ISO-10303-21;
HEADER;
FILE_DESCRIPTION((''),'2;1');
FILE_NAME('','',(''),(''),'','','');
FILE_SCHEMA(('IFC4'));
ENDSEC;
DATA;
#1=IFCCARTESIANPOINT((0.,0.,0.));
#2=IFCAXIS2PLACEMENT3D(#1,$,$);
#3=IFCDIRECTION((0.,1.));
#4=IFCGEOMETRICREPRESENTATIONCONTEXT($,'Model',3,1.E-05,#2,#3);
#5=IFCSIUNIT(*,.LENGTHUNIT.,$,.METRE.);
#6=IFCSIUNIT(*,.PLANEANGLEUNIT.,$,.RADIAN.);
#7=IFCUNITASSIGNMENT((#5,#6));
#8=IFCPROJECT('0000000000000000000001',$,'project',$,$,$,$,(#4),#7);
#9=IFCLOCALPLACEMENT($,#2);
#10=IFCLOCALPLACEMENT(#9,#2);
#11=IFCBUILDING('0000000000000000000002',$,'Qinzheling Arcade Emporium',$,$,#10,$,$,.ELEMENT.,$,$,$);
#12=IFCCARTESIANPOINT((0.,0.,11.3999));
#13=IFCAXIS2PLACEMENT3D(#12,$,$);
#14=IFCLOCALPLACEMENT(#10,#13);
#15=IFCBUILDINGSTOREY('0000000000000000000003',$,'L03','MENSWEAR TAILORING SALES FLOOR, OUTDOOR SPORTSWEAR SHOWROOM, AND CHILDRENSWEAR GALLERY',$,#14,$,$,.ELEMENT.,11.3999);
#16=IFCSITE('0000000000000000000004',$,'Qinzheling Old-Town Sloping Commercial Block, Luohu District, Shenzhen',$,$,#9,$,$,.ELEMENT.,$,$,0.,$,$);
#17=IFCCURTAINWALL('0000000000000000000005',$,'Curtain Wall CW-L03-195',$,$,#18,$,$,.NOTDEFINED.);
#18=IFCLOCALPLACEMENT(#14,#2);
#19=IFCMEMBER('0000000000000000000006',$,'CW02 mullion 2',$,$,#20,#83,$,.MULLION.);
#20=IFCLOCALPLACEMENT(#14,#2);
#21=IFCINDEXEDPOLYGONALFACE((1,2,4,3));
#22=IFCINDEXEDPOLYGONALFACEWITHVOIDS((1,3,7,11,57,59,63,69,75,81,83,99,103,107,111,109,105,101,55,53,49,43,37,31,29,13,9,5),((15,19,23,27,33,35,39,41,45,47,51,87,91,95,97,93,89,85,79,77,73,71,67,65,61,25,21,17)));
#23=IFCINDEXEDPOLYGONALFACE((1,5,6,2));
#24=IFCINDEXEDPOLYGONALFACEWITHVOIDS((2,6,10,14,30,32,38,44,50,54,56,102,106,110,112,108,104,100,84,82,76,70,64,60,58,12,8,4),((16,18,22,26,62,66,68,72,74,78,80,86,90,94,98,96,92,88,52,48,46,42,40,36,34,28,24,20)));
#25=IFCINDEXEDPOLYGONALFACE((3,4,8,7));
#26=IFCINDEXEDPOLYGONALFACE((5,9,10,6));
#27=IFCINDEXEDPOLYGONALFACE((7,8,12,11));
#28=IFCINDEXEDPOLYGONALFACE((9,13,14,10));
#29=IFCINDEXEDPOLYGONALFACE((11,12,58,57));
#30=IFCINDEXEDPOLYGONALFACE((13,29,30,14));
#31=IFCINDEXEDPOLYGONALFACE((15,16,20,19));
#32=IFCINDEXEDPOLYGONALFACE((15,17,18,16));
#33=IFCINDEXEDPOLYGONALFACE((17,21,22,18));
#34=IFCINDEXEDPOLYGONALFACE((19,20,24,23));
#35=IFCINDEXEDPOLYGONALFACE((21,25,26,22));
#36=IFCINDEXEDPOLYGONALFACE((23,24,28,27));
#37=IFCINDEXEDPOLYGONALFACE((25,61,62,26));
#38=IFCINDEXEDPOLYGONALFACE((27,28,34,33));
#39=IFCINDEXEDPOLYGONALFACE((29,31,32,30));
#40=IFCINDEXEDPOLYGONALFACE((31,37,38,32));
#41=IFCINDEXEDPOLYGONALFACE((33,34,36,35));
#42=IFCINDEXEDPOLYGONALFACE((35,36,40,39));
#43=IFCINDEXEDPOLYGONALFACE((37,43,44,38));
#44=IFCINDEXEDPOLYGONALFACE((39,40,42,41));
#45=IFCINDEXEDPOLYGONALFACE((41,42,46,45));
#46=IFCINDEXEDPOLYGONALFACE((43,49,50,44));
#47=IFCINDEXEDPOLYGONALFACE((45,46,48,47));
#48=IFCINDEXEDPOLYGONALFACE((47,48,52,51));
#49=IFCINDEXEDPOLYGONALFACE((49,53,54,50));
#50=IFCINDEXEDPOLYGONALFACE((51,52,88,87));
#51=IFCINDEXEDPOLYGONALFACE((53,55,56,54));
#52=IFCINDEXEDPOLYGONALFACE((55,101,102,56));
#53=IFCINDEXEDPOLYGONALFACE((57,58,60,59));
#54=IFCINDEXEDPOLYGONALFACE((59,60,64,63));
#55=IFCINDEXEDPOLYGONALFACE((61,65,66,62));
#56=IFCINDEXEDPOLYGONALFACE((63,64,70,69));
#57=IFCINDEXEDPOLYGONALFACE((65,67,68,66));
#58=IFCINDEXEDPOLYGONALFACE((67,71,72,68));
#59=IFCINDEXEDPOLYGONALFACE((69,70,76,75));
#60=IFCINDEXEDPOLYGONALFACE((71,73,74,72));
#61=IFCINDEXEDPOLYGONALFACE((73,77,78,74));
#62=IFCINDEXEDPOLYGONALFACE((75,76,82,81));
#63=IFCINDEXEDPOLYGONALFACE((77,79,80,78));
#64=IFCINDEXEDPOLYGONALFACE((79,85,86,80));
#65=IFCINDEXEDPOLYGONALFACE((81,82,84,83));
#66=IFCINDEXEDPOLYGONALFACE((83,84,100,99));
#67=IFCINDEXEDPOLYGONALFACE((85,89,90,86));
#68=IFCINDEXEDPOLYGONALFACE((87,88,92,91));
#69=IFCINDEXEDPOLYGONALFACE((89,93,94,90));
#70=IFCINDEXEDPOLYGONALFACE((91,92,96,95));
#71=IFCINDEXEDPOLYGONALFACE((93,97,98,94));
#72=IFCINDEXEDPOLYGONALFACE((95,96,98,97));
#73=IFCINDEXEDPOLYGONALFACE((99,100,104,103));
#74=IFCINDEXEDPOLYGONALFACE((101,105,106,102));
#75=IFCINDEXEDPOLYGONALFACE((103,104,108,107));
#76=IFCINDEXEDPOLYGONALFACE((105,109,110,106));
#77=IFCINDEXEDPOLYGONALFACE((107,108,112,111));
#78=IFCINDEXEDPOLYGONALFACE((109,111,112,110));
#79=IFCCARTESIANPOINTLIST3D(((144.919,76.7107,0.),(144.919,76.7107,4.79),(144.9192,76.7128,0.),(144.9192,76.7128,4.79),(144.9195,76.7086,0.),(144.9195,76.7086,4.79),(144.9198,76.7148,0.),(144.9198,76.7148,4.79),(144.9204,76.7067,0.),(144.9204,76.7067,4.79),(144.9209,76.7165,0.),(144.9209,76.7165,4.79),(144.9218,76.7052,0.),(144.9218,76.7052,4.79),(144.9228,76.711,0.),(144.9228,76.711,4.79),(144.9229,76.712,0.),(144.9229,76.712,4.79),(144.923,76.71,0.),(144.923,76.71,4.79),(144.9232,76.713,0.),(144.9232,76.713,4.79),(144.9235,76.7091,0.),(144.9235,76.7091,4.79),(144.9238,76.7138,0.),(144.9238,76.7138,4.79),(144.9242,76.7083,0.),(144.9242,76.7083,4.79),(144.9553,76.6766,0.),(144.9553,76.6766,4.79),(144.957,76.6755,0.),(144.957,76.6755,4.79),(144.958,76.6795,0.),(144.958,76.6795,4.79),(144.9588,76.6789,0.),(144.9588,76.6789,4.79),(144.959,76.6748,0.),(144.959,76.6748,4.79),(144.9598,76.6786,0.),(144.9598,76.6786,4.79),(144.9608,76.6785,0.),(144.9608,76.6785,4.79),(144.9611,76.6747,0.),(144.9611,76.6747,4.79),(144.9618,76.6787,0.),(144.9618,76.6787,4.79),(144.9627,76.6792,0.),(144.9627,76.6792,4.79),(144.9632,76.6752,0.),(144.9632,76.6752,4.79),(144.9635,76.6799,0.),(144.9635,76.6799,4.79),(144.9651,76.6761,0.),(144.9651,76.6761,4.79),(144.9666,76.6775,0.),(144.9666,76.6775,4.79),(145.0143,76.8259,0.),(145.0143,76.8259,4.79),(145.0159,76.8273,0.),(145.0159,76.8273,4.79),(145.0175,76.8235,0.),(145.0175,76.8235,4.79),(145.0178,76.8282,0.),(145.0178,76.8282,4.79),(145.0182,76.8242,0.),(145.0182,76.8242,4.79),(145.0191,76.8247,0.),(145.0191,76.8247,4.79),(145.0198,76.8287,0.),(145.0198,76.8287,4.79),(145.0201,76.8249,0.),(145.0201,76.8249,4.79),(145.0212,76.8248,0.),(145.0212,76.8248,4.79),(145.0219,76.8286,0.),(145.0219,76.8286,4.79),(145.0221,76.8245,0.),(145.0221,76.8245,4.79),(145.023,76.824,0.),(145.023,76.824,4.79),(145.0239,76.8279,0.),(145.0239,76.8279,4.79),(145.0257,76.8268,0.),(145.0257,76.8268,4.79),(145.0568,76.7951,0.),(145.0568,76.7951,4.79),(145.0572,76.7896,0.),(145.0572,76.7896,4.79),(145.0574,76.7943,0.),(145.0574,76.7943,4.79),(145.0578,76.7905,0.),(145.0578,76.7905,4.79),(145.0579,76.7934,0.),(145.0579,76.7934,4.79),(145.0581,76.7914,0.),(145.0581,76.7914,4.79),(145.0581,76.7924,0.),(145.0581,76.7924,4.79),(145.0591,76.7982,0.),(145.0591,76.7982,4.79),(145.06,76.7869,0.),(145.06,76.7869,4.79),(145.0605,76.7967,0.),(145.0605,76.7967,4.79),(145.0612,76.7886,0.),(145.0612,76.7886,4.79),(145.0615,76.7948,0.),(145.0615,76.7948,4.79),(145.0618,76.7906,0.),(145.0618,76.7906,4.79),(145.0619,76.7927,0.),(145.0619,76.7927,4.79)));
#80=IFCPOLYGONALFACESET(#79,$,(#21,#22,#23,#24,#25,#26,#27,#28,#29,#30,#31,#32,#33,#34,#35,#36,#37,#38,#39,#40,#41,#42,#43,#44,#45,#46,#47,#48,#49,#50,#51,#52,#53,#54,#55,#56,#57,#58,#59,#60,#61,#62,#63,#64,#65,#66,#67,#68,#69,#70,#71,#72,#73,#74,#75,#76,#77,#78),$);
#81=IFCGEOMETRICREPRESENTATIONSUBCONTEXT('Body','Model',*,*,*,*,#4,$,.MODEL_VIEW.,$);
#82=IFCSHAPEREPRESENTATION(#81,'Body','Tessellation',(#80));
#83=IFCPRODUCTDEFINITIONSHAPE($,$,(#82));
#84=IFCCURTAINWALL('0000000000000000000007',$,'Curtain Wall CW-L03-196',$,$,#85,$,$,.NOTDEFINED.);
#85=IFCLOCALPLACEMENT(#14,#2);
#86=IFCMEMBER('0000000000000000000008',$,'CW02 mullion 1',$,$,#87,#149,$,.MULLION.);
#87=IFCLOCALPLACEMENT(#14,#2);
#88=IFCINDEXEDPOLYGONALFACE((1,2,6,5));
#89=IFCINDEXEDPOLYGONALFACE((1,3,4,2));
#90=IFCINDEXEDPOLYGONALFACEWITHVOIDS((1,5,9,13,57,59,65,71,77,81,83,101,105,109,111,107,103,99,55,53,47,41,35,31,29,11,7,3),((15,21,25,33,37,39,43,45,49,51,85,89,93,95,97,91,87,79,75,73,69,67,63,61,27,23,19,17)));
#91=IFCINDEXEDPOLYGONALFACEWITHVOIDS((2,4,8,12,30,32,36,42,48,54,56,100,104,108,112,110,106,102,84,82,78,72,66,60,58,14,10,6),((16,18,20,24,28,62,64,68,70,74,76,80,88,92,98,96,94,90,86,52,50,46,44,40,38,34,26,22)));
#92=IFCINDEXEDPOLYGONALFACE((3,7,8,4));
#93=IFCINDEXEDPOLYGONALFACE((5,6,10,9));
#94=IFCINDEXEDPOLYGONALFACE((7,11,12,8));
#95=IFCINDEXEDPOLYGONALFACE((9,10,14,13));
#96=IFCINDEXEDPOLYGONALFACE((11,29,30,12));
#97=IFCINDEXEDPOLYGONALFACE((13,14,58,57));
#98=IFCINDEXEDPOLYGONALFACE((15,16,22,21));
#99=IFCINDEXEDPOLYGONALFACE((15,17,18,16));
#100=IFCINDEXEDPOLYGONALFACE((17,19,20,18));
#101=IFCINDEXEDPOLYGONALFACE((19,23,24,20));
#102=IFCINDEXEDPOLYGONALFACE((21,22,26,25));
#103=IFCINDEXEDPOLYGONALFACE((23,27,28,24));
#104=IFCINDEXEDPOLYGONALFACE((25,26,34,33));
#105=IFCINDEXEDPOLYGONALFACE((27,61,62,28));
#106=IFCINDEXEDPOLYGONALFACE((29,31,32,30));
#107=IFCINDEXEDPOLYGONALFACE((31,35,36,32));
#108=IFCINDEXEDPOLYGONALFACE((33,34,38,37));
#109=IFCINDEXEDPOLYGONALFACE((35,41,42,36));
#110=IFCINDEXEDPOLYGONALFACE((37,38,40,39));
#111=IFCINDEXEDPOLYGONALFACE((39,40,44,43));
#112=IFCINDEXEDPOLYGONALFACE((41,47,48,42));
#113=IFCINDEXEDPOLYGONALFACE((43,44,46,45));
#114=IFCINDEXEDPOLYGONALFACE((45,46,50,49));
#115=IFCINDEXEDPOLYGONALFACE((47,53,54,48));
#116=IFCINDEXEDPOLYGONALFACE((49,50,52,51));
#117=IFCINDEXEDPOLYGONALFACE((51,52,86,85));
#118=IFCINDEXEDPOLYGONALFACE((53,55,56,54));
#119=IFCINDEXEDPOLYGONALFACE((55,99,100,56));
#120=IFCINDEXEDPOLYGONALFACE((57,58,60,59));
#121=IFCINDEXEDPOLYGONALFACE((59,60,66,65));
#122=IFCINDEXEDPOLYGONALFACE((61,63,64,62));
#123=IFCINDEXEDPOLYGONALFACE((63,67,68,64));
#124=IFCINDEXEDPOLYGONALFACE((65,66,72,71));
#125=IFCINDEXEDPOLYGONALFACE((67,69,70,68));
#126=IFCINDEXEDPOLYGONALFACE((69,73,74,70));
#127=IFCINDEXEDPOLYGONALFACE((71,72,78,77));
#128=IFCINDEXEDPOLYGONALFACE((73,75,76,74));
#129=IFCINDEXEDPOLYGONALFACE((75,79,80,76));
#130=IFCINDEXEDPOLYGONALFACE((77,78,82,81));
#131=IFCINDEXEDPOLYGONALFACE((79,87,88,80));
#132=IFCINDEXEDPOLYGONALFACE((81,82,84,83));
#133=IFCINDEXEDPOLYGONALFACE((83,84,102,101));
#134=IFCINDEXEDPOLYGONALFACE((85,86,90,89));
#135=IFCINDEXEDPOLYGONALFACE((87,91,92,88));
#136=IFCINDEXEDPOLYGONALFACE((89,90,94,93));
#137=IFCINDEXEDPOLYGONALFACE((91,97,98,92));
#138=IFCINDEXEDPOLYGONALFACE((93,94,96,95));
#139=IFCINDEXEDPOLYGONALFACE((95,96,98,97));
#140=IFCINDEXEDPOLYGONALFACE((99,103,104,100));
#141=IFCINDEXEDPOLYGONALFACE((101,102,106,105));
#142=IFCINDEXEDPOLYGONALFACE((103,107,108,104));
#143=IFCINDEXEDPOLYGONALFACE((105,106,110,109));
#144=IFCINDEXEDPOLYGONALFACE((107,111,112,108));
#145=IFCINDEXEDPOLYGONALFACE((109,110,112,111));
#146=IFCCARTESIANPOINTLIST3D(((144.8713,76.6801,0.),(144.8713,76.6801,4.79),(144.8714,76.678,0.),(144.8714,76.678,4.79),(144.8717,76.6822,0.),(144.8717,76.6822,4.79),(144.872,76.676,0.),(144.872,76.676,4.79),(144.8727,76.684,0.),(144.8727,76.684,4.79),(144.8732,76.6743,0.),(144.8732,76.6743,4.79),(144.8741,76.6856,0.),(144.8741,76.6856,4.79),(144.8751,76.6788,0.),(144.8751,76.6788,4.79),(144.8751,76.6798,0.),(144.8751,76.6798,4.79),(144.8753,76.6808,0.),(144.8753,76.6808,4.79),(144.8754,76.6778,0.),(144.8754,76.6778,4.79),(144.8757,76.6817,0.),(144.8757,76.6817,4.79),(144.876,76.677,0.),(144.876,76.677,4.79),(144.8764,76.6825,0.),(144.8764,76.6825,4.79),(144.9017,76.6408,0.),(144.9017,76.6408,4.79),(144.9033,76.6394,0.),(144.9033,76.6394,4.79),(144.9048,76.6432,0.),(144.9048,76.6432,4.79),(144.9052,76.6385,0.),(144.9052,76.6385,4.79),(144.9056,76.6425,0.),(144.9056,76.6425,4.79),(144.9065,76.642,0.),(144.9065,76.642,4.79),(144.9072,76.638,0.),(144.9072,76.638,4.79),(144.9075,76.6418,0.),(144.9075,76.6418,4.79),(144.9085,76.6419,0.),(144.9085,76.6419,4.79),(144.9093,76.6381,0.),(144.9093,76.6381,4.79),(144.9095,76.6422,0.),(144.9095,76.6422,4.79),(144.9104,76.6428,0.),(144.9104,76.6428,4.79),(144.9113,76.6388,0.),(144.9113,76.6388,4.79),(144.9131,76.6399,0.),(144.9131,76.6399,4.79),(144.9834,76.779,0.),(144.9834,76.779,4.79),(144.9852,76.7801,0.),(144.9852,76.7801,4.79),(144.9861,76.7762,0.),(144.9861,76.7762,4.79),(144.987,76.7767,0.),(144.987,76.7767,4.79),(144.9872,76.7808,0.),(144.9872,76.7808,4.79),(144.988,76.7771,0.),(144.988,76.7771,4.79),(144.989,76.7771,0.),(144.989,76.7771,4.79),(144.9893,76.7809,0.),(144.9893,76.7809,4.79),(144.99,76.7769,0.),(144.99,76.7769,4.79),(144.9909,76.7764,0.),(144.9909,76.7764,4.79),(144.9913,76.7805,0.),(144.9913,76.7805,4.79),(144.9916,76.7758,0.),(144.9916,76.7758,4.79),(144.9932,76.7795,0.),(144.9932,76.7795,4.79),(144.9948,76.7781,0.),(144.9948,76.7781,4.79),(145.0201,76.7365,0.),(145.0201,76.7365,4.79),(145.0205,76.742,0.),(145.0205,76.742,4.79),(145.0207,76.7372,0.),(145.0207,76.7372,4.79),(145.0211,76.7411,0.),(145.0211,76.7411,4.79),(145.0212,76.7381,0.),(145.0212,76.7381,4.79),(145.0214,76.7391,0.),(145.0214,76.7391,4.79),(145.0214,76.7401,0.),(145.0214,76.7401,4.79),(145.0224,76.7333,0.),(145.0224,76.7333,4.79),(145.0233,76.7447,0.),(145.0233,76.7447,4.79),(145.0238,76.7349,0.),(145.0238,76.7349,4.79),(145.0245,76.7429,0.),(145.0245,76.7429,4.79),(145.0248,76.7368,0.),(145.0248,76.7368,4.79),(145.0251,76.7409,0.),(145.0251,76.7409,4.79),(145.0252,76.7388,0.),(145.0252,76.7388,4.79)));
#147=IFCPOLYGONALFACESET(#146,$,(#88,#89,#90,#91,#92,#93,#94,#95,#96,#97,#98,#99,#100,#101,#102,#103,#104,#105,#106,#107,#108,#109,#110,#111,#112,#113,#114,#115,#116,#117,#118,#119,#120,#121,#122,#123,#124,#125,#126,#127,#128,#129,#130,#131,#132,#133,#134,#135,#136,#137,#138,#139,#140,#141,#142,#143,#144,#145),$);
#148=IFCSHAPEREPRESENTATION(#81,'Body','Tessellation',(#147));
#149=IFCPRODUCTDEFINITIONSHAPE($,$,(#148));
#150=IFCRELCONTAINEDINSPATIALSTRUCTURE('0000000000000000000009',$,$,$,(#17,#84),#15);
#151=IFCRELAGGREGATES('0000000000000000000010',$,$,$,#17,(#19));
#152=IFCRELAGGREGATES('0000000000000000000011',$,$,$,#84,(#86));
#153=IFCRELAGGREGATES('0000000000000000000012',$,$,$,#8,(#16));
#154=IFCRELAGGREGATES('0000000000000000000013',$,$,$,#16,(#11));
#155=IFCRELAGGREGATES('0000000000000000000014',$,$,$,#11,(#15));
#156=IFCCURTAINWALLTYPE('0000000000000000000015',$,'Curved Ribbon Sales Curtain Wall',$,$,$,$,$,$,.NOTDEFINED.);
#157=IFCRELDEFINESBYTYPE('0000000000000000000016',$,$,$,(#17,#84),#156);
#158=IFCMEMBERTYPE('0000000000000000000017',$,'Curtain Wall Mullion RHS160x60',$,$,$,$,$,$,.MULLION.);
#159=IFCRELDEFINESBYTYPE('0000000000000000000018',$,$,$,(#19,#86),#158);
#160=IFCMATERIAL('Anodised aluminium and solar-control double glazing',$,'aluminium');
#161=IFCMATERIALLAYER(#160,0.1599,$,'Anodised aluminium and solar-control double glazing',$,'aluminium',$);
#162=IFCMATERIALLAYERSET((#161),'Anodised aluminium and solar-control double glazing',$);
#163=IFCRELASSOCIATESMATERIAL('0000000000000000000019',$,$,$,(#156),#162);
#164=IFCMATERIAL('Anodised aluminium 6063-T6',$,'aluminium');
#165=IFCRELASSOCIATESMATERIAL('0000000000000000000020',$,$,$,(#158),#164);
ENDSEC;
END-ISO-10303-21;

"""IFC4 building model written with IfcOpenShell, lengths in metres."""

from ifc_helpers import new_model, si_unit, direction, frame, origin, origin_2d, place, context, subcontext, project, spatial, hollow_rectangle, extrude, material, layer, layer_set, material_profile, profile_set, type_object, element, aggregate, save


model = new_model("IFC4")

# Units and contexts
model_context = context("Model", 3, precision=1e-05, world=origin(), true_north=direction((0.0, 1.0)))
body_context = subcontext(model_context, "Body", "Model", "MODEL_VIEW")
ifc_project = project(units=[si_unit("LENGTHUNIT", "METRE"), si_unit("PLANEANGLEUNIT", "RADIAN")], contexts=[model_context])

# Site, building, storey
site_placement = place(None, origin())
site = spatial("IfcSite", under=ifc_project, at=site_placement, Name="Qinzheling Old-Town Sloping Commercial Block, Luohu District, Shenzhen", CompositionType="ELEMENT", RefElevation=0.0)
building_placement = place(site_placement, origin())
building = spatial("IfcBuilding", under=site, at=building_placement, Name="Qinzheling Arcade Emporium", CompositionType="ELEMENT")
storey_placement = place(building_placement, frame((0.0, 0.0, 11.3999)))
storey = spatial("IfcBuildingStorey", under=building, at=storey_placement, Name="L03", Description="MENSWEAR TAILORING SALES FLOOR, OUTDOOR SPORTSWEAR SHOWROOM, AND CHILDRENSWEAR GALLERY", CompositionType="ELEMENT", Elevation=11.3999)

# Shared definitions
ifc_material_1 = material(Name="Anodised aluminium and solar-control double glazing", Category="aluminium")
ifc_layer_1 = layer(ifc_material_1, 0.1599, Name="Anodised aluminium and solar-control double glazing", Category="aluminium")
ifc_layer_set_1 = layer_set([ifc_layer_1], Name="Anodised aluminium and solar-control double glazing")
curtain_wall_type = type_object("IfcCurtainWallType", Name="Curved Ribbon Sales Curtain Wall", PredefinedType="NOTDEFINED", material=ifc_layer_set_1)
ifc_material_2 = material(Name="Anodised aluminium 6063-T6", Category="aluminium")
ifc_material_profile_1 = material_profile(ifc_material_2, hollow_rectangle(XDim=0.0601, YDim=0.1599, WallThickness=0.0039, InnerFilletRadius=0.0039, OuterFilletRadius=0.0081, at=origin_2d()), Name="RHS 160x60x4", Category="aluminium")
ifc_profile_set_1 = profile_set([ifc_material_profile_1], Name="Anodised aluminium 6063-T6")
member_type_1 = type_object("IfcMemberType", Name="Curtain Wall Mullion RHS160x60", PredefinedType="MULLION", material=ifc_profile_set_1)

# Curtain walls, members
curtain_wall_1_placement = place(storey_placement, origin())
curtain_wall_1 = element("IfcCurtainWall", 1, at=curtain_wall_1_placement, inside=storey, type_object=curtain_wall_type, Name="Curtain Wall CW-L03-195", PredefinedType="NOTDEFINED")
member_1_placement = place(storey_placement, frame((144.9905, 76.7517, 0.0), z_axis=(0.0, 0.0, 1.0), x_axis=(0.76038, -0.649478, 0.0)))
member_1 = element("IfcMember", 2, at=member_1_placement, type_object=member_type_1, Name="CW02 mullion 2", PredefinedType="MULLION", context=body_context, shape_type="SweptSolid", body=[
    extrude(hollow_rectangle(XDim=0.0601, YDim=0.1599, WallThickness=0.0039, InnerFilletRadius=0.0039, OuterFilletRadius=0.0081, at=origin_2d()), origin(), (0.0, 0.0, 1.0), 4.79),
])
curtain_wall_2_placement = place(storey_placement, origin())
curtain_wall_2 = element("IfcCurtainWall", 3, at=curtain_wall_2_placement, inside=storey, type_object=curtain_wall_type, Name="Curtain Wall CW-L03-196", PredefinedType="NOTDEFINED")
member_2_placement = place(storey_placement, frame((144.9482, 76.7095, 0.0), z_axis=(0.0, 0.0, 1.0), x_axis=(0.649478, -0.76038, 0.0)))
member_2 = element("IfcMember", 4, at=member_2_placement, type_object=member_type_1, Name="CW02 mullion 1", PredefinedType="MULLION", context=body_context, shape_type="SweptSolid", body=[
    extrude(hollow_rectangle(XDim=0.0601, YDim=0.1599, WallThickness=0.0039, InnerFilletRadius=0.0039, OuterFilletRadius=0.0081, at=origin_2d()), origin(), (0.0, 0.0, 1.0), 4.79),
])

aggregate(curtain_wall_1, [member_1])
aggregate(curtain_wall_2, [member_2])

save(model, "model.ifc")
